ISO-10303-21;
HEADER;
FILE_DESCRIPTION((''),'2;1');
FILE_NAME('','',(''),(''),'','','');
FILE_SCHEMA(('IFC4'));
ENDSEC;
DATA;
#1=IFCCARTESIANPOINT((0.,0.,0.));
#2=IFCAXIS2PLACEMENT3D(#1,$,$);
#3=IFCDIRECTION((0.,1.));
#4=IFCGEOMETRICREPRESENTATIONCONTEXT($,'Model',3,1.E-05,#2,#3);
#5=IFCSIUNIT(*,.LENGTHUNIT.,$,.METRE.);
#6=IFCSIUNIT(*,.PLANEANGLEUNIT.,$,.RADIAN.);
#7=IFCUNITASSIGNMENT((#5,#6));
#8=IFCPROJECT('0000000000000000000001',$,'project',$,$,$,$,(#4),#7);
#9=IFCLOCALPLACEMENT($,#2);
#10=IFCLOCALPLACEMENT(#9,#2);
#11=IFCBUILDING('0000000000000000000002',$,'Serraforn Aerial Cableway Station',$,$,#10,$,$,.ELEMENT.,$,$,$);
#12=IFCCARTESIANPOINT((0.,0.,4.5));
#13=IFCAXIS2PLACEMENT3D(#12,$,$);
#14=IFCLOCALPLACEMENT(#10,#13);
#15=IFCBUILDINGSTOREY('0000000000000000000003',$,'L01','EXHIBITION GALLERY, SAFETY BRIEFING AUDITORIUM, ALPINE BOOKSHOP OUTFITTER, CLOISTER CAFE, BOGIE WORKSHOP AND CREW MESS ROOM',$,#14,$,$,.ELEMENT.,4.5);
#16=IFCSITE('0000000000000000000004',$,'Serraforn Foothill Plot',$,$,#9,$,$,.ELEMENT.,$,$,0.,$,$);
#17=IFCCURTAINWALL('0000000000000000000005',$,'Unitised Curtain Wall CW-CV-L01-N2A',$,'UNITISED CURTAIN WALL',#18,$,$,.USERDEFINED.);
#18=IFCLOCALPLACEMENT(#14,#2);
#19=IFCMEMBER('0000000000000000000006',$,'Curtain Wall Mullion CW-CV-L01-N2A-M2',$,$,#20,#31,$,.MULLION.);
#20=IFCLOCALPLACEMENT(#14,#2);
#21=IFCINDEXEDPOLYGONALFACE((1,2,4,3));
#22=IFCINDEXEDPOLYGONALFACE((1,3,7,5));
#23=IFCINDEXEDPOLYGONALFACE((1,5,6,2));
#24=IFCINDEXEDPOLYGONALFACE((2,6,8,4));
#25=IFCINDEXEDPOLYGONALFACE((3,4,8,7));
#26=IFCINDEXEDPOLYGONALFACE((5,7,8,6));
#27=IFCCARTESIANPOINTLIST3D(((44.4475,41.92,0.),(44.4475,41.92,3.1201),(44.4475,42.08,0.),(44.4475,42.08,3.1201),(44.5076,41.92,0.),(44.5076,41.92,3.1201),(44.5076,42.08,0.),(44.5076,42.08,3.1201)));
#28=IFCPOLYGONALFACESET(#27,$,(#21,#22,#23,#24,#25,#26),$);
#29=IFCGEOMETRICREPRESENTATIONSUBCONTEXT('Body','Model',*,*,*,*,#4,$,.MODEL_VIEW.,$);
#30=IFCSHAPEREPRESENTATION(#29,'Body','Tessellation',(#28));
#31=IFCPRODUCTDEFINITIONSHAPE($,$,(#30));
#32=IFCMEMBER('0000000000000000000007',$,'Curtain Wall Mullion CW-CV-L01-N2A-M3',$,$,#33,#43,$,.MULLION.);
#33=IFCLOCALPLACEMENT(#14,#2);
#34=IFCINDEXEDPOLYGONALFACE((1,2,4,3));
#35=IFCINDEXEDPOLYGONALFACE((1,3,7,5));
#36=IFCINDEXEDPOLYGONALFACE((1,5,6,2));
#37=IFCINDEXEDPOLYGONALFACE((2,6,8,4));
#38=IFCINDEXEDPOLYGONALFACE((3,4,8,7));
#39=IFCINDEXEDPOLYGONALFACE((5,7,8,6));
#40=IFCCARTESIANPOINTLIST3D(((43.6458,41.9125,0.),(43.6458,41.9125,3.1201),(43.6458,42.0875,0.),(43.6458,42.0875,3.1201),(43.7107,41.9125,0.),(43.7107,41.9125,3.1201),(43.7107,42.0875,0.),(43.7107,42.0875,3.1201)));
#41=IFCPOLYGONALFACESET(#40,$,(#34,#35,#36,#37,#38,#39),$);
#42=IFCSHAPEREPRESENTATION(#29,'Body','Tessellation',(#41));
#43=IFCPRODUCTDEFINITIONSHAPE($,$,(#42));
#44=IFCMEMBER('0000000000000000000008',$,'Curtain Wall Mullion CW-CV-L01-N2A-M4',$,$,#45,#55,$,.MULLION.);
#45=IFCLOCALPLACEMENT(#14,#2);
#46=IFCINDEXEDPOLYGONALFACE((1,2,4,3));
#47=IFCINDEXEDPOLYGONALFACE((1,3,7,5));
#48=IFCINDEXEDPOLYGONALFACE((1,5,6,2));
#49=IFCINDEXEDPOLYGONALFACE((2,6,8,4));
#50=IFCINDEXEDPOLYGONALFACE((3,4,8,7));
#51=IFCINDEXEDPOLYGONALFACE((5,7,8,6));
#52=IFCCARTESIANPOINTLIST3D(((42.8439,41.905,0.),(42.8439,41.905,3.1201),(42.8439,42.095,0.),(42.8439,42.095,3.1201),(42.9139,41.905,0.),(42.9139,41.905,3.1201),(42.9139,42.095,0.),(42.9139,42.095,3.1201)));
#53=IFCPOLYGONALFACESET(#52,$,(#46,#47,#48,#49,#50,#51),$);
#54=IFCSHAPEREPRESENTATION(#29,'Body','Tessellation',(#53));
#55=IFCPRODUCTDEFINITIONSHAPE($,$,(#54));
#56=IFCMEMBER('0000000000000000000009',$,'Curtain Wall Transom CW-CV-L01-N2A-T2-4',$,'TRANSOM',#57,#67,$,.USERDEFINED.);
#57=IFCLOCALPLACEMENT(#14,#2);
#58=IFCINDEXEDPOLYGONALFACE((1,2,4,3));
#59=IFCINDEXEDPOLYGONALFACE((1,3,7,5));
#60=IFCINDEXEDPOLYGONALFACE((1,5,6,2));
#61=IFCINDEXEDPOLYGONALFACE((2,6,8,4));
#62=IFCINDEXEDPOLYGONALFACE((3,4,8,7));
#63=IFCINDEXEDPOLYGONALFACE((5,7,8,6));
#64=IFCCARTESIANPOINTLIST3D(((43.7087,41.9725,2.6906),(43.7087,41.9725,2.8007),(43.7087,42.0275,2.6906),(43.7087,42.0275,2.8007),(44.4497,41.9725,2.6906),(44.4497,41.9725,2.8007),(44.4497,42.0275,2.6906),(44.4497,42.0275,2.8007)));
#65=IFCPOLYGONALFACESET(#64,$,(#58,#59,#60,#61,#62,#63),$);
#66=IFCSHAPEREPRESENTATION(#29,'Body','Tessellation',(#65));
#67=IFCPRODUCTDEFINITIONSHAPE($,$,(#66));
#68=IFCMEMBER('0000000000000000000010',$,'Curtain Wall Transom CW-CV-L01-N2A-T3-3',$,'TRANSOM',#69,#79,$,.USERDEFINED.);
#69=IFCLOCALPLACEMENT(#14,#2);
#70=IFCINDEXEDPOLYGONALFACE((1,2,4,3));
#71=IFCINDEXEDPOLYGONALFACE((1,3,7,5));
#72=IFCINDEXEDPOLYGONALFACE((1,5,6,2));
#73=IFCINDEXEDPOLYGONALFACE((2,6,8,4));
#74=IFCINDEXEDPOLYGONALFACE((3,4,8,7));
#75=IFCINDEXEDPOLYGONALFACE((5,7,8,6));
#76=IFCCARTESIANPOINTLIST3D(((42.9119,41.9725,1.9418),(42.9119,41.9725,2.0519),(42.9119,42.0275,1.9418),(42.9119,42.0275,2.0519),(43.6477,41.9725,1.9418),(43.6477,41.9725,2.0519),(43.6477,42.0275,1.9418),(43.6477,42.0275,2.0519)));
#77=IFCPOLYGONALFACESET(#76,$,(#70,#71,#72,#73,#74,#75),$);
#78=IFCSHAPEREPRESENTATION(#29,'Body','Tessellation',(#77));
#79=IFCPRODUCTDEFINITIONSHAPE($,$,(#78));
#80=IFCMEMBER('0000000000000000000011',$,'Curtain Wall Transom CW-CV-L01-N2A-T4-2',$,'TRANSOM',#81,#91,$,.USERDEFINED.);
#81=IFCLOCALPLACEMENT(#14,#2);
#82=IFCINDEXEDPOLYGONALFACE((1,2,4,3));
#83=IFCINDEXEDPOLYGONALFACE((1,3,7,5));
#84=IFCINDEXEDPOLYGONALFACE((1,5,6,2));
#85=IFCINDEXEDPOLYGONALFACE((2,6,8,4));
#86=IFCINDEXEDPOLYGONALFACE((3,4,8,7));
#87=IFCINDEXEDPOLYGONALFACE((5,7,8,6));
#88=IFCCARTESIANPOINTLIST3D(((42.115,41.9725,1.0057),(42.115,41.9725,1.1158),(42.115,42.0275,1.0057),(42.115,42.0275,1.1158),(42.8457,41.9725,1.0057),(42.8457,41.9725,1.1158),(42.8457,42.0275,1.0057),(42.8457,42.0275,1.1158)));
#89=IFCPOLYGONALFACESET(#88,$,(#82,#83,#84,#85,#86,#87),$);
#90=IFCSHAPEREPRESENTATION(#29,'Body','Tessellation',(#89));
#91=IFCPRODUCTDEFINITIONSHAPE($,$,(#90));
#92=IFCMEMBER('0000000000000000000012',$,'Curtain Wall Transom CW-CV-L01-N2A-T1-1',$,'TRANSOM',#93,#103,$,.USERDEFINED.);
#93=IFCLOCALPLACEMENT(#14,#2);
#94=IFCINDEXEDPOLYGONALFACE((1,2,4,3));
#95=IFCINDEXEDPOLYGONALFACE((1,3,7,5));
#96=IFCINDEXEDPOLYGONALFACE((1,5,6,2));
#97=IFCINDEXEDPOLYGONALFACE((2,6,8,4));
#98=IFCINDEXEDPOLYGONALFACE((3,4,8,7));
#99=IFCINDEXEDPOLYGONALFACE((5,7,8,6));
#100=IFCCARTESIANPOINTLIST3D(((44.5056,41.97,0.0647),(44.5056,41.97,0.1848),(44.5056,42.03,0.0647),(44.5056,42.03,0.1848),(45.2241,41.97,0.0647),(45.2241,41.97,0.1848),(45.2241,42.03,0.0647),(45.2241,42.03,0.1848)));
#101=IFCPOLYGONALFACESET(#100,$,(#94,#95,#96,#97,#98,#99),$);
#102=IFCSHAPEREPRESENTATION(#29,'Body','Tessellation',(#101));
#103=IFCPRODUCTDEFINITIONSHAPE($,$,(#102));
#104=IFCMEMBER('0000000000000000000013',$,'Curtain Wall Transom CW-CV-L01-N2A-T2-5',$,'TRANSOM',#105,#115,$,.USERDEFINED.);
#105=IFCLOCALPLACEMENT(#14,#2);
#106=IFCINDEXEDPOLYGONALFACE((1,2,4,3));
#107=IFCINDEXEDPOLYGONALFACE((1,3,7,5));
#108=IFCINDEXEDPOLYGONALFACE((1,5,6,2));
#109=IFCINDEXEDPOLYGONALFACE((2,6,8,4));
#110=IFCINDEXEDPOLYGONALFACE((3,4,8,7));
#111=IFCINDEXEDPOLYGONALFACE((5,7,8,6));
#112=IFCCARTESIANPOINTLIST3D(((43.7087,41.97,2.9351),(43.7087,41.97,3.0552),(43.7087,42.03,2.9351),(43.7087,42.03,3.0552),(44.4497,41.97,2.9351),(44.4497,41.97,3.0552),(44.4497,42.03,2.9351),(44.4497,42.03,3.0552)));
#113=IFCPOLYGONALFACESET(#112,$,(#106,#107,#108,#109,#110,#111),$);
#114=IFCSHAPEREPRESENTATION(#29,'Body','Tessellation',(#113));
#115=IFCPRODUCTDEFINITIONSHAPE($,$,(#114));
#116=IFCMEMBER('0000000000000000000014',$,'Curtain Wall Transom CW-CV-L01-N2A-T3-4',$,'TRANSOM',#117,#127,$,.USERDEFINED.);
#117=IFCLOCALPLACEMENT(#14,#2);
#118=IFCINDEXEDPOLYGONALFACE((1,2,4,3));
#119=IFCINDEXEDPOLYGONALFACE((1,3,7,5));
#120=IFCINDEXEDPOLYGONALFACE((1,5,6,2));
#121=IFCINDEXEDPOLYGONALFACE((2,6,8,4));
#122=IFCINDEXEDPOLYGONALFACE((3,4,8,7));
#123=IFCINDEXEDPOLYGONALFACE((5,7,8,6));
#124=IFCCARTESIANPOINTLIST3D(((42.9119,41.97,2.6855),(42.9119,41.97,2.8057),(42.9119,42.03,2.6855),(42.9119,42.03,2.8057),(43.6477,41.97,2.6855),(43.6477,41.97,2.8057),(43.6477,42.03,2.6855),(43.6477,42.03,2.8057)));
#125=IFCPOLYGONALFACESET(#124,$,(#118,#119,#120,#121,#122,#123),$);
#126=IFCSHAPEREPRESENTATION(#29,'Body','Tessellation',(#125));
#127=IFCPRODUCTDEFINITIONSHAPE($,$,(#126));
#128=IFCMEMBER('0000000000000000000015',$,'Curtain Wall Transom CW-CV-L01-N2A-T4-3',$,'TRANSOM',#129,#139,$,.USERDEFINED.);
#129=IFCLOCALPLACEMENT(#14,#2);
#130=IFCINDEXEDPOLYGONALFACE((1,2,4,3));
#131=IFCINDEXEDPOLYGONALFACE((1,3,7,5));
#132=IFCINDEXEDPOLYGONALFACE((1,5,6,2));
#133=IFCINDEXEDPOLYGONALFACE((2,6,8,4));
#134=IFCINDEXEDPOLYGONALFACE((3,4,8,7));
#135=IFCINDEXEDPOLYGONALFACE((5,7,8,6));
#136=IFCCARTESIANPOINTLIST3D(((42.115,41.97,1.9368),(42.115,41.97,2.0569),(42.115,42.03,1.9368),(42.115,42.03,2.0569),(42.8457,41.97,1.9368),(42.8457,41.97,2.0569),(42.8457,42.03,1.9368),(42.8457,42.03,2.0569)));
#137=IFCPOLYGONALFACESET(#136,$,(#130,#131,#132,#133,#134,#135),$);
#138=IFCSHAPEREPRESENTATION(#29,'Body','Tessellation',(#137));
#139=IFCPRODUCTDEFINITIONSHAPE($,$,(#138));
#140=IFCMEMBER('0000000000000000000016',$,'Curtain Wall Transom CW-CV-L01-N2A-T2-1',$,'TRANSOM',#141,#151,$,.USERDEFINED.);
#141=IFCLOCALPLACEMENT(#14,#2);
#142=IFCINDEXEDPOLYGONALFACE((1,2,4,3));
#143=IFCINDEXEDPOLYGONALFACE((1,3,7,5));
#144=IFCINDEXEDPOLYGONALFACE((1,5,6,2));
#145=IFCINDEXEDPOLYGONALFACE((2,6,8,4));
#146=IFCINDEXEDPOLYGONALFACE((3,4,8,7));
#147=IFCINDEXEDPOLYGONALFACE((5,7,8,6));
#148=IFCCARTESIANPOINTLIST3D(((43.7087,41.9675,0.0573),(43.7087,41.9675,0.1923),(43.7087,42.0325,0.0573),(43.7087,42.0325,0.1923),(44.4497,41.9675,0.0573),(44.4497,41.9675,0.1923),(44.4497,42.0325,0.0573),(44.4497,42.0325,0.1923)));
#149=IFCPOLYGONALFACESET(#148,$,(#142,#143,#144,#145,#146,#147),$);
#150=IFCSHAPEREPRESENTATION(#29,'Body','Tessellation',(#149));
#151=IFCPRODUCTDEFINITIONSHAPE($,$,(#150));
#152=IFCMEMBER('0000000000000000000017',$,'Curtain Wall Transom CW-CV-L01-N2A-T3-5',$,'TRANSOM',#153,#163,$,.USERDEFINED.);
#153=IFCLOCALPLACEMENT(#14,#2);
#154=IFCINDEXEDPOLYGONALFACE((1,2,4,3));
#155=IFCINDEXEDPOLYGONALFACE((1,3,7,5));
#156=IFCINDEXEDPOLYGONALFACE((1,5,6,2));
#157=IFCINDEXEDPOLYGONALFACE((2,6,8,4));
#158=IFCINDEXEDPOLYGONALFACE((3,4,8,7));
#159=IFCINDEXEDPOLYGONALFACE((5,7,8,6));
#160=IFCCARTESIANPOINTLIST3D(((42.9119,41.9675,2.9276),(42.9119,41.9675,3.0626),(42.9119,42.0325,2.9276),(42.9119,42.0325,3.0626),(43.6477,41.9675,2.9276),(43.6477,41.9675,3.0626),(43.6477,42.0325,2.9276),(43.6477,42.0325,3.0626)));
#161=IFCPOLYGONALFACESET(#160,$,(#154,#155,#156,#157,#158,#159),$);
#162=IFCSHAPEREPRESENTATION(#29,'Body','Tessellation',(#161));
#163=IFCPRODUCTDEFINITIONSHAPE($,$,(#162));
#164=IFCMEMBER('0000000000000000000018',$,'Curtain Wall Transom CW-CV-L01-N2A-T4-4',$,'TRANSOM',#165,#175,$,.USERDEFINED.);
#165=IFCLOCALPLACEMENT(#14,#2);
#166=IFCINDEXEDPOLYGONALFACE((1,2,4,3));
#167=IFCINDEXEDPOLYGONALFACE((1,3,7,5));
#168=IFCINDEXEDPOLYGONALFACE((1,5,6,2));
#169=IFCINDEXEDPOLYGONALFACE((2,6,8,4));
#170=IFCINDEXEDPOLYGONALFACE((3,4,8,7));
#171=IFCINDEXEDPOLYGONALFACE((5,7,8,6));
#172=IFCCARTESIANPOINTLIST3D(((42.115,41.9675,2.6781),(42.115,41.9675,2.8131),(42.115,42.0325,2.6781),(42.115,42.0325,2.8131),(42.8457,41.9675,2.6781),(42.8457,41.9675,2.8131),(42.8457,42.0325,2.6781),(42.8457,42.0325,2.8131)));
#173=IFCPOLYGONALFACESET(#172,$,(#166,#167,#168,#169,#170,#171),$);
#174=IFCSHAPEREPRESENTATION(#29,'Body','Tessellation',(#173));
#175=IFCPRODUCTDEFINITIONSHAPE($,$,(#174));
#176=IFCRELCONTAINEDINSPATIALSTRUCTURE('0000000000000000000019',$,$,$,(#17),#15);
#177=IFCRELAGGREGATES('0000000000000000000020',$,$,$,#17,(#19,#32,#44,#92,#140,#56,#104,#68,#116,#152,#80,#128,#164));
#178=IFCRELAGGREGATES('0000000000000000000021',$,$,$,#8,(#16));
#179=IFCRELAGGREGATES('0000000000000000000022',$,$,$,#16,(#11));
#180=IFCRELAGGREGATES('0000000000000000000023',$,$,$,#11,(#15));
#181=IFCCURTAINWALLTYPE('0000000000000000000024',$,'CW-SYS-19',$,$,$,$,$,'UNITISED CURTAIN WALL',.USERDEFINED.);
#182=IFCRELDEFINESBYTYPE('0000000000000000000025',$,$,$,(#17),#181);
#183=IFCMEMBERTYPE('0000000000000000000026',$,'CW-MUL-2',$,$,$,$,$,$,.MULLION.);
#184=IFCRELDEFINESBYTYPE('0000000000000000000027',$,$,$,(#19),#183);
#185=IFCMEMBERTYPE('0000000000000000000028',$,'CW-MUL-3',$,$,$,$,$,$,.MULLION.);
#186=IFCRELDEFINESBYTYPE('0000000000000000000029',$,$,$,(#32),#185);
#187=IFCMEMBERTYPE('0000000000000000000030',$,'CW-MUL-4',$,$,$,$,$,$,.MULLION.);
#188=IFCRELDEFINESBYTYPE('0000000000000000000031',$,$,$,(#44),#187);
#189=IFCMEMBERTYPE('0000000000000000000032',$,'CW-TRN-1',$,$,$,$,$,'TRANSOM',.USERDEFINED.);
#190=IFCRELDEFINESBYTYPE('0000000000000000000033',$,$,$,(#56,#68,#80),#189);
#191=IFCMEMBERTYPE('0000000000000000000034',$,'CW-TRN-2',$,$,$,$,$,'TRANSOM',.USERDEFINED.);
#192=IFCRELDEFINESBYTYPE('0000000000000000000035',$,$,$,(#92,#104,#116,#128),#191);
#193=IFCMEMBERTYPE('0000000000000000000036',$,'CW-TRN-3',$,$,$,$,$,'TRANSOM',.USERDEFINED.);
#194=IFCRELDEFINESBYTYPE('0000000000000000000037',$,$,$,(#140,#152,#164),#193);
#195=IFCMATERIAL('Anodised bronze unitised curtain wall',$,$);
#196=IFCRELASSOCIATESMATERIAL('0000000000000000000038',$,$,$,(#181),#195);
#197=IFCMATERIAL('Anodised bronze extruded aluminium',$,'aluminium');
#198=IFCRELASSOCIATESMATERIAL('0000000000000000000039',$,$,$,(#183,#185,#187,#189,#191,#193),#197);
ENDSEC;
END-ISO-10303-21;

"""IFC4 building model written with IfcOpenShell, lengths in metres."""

from ifc_helpers import new_model, si_unit, direction, frame, origin, origin_2d, place, context, subcontext, project, spatial, rectangle, extrude, material, material_profile, profile_set, type_object, element, aggregate, save


model = new_model("IFC4")

# Units and contexts
model_context = context("Model", 3, precision=1e-05, world=origin(), true_north=direction((0.0, 1.0)))
body_context = subcontext(model_context, "Body", "Model", "MODEL_VIEW")
ifc_project = project(units=[si_unit("LENGTHUNIT", "METRE"), si_unit("PLANEANGLEUNIT", "RADIAN")], contexts=[model_context])

# Site, building, storey
site_placement = place(None, origin())
site = spatial("IfcSite", under=ifc_project, at=site_placement, Name="Serraforn Foothill Plot", CompositionType="ELEMENT", RefElevation=0.0)
building_placement = place(site_placement, origin())
building = spatial("IfcBuilding", under=site, at=building_placement, Name="Serraforn Aerial Cableway Station", CompositionType="ELEMENT")
storey_placement = place(building_placement, frame((0.0, 0.0, 4.5)))
storey = spatial("IfcBuildingStorey", under=building, at=storey_placement, Name="L01", Description="EXHIBITION GALLERY, SAFETY BRIEFING AUDITORIUM, ALPINE BOOKSHOP OUTFITTER, CLOISTER CAFE, BOGIE WORKSHOP AND CREW MESS ROOM", CompositionType="ELEMENT", Elevation=4.5)

# Curtain wall, members
ifc_material_1 = material(Name="Anodised bronze unitised curtain wall")
curtain_wall_type = type_object("IfcCurtainWallType", Name="CW-SYS-19", ElementType="UNITISED CURTAIN WALL", PredefinedType="USERDEFINED", material=ifc_material_1)
curtain_wall_placement = place(storey_placement, origin())
curtain_wall = element("IfcCurtainWall", 1, at=curtain_wall_placement, inside=storey, type_object=curtain_wall_type, Name="Unitised Curtain Wall CW-CV-L01-N2A", ObjectType="UNITISED CURTAIN WALL", PredefinedType="USERDEFINED")
ifc_material_2 = material(Name="Anodised bronze extruded aluminium", Category="aluminium")
ifc_material_profile_1 = material_profile(ifc_material_2, rectangle(XDim=0.0601, YDim=0.1599, at=origin_2d()), Name="CW MULLION 60x160")
ifc_profile_set_1 = profile_set([ifc_material_profile_1], Name="Anodised bronze extruded aluminium")
member_type_1 = type_object("IfcMemberType", Name="CW-MUL-2", PredefinedType="MULLION", material=ifc_profile_set_1)
member_1_placement = place(storey_placement, frame((44.4775, 42.0, 0.0), z_axis=(0.0, 0.0, 1.0), x_axis=(-1.0, 0.0, 0.0)))
member_1 = element("IfcMember", 2, at=member_1_placement, type_object=member_type_1, Name="Curtain Wall Mullion CW-CV-L01-N2A-M2", PredefinedType="MULLION", context=body_context, shape_type="SweptSolid", body=[
    extrude(rectangle(XDim=0.0601, YDim=0.1599, at=origin_2d()), origin(), (0.0, 0.0, 1.0), 3.1201),
])
ifc_material_profile_2 = material_profile(ifc_material_2, rectangle(XDim=0.0649, YDim=0.175, at=origin_2d()), Name="CW MULLION 65x175")
ifc_profile_set_2 = profile_set([ifc_material_profile_2], Name="Anodised bronze extruded aluminium")
member_type_2 = type_object("IfcMemberType", Name="CW-MUL-3", PredefinedType="MULLION", material=ifc_profile_set_2)
member_2_placement = place(storey_placement, frame((43.6782, 42.0, 0.0), z_axis=(0.0, 0.0, 1.0), x_axis=(-1.0, 0.0, 0.0)))
member_2 = element("IfcMember", 3, at=member_2_placement, type_object=member_type_2, Name="Curtain Wall Mullion CW-CV-L01-N2A-M3", PredefinedType="MULLION", context=body_context, shape_type="SweptSolid", body=[
    extrude(rectangle(XDim=0.0649, YDim=0.175, at=origin_2d()), origin(), (0.0, 0.0, 1.0), 3.1201),
])
ifc_material_profile_3 = material_profile(ifc_material_2, rectangle(XDim=0.0701, YDim=0.1899, at=origin_2d()), Name="CW MULLION 70x190")
ifc_profile_set_3 = profile_set([ifc_material_profile_3], Name="Anodised bronze extruded aluminium")
member_type_3 = type_object("IfcMemberType", Name="CW-MUL-4", PredefinedType="MULLION", material=ifc_profile_set_3)
member_3_placement = place(storey_placement, frame((42.8789, 42.0, 0.0), z_axis=(0.0, 0.0, 1.0), x_axis=(-1.0, 0.0, 0.0)))
member_3 = element("IfcMember", 4, at=member_3_placement, type_object=member_type_3, Name="Curtain Wall Mullion CW-CV-L01-N2A-M4", PredefinedType="MULLION", context=body_context, shape_type="SweptSolid", body=[
    extrude(rectangle(XDim=0.0701, YDim=0.1899, at=origin_2d()), origin(), (0.0, 0.0, 1.0), 3.1201),
])
ifc_material_profile_4 = material_profile(ifc_material_2, rectangle(XDim=0.0549, YDim=0.1101, at=origin_2d()), Name="CW TRANSOM 55x110")
ifc_profile_set_4 = profile_set([ifc_material_profile_4], Name="Anodised bronze extruded aluminium")
member_type_4 = type_object("IfcMemberType", Name="CW-TRN-1", ElementType="TRANSOM", PredefinedType="USERDEFINED", material=ifc_profile_set_4)
member_4_placement = place(storey_placement, frame((44.4497, 42.0, 2.7456), z_axis=(-1.0, 0.0, 0.0), x_axis=(0.0, -1.0, 0.0)))
member_4 = element("IfcMember", 5, at=member_4_placement, type_object=member_type_4, Name="Curtain Wall Transom CW-CV-L01-N2A-T2-4", ObjectType="TRANSOM", PredefinedType="USERDEFINED", context=body_context, shape_type="SweptSolid", body=[
    extrude(rectangle(XDim=0.0549, YDim=0.1101, at=origin_2d()), origin(), (0.0, 0.0, 1.0), 0.741),
])
member_5_placement = place(storey_placement, frame((43.6477, 42.0, 1.9968), z_axis=(-1.0, 0.0, 0.0), x_axis=(0.0, -1.0, 0.0)))
member_5 = element("IfcMember", 6, at=member_5_placement, type_object=member_type_4, Name="Curtain Wall Transom CW-CV-L01-N2A-T3-3", ObjectType="TRANSOM", PredefinedType="USERDEFINED", context=body_context, shape_type="SweptSolid", body=[
    extrude(rectangle(XDim=0.0549, YDim=0.1101, at=origin_2d()), origin(), (0.0, 0.0, 1.0), 0.7358),
])
member_6_placement = place(storey_placement, frame((42.8457, 42.0, 1.0608), z_axis=(-1.0, 0.0, 0.0), x_axis=(0.0, -1.0, 0.0)))
member_6 = element("IfcMember", 7, at=member_6_placement, type_object=member_type_4, Name="Curtain Wall Transom CW-CV-L01-N2A-T4-2", ObjectType="TRANSOM", PredefinedType="USERDEFINED", context=body_context, shape_type="SweptSolid", body=[
    extrude(rectangle(XDim=0.0549, YDim=0.1101, at=origin_2d()), origin(), (0.0, 0.0, 1.0), 0.7307),
])
ifc_material_profile_5 = material_profile(ifc_material_2, rectangle(XDim=0.0601, YDim=0.1201, at=origin_2d()), Name="CW TRANSOM 60x120")
ifc_profile_set_5 = profile_set([ifc_material_profile_5], Name="Anodised bronze extruded aluminium")
member_type_5 = type_object("IfcMemberType", Name="CW-TRN-2", ElementType="TRANSOM", PredefinedType="USERDEFINED", material=ifc_profile_set_5)
member_7_placement = place(storey_placement, frame((45.2241, 42.0, 0.1248), z_axis=(-1.0, 0.0, 0.0), x_axis=(0.0, -1.0, 0.0)))
member_7 = element("IfcMember", 8, at=member_7_placement, type_object=member_type_5, Name="Curtain Wall Transom CW-CV-L01-N2A-T1-1", ObjectType="TRANSOM", PredefinedType="USERDEFINED", context=body_context, shape_type="SweptSolid", body=[
    extrude(rectangle(XDim=0.0601, YDim=0.1201, at=origin_2d()), origin(), (0.0, 0.0, 1.0), 0.7185),
])
member_8_placement = place(storey_placement, frame((44.4497, 42.0, 2.9951), z_axis=(-1.0, 0.0, 0.0), x_axis=(0.0, -1.0, 0.0)))
member_8 = element("IfcMember", 9, at=member_8_placement, type_object=member_type_5, Name="Curtain Wall Transom CW-CV-L01-N2A-T2-5", ObjectType="TRANSOM", PredefinedType="USERDEFINED", context=body_context, shape_type="SweptSolid", body=[
    extrude(rectangle(XDim=0.0601, YDim=0.1201, at=origin_2d()), origin(), (0.0, 0.0, 1.0), 0.741),
])
member_9_placement = place(storey_placement, frame((43.6477, 42.0, 2.7456), z_axis=(-1.0, 0.0, 0.0), x_axis=(0.0, -1.0, 0.0)))
member_9 = element("IfcMember", 10, at=member_9_placement, type_object=member_type_5, Name="Curtain Wall Transom CW-CV-L01-N2A-T3-4", ObjectType="TRANSOM", PredefinedType="USERDEFINED", context=body_context, shape_type="SweptSolid", body=[
    extrude(rectangle(XDim=0.0601, YDim=0.1201, at=origin_2d()), origin(), (0.0, 0.0, 1.0), 0.7358),
])
member_10_placement = place(storey_placement, frame((42.8457, 42.0, 1.9968), z_axis=(-1.0, 0.0, 0.0), x_axis=(0.0, -1.0, 0.0)))
member_10 = element("IfcMember", 11, at=member_10_placement, type_object=member_type_5, Name="Curtain Wall Transom CW-CV-L01-N2A-T4-3", ObjectType="TRANSOM", PredefinedType="USERDEFINED", context=body_context, shape_type="SweptSolid", body=[
    extrude(rectangle(XDim=0.0601, YDim=0.1201, at=origin_2d()), origin(), (0.0, 0.0, 1.0), 0.7307),
])
ifc_material_profile_6 = material_profile(ifc_material_2, rectangle(XDim=0.0649, YDim=0.135, at=origin_2d()), Name="CW TRANSOM 65x135")
ifc_profile_set_6 = profile_set([ifc_material_profile_6], Name="Anodised bronze extruded aluminium")
member_type_6 = type_object("IfcMemberType", Name="CW-TRN-3", ElementType="TRANSOM", PredefinedType="USERDEFINED", material=ifc_profile_set_6)
member_11_placement = place(storey_placement, frame((44.4497, 42.0, 0.1248), z_axis=(-1.0, 0.0, 0.0), x_axis=(0.0, -1.0, 0.0)))
member_11 = element("IfcMember", 12, at=member_11_placement, type_object=member_type_6, Name="Curtain Wall Transom CW-CV-L01-N2A-T2-1", ObjectType="TRANSOM", PredefinedType="USERDEFINED", context=body_context, shape_type="SweptSolid", body=[
    extrude(rectangle(XDim=0.0649, YDim=0.135, at=origin_2d()), origin(), (0.0, 0.0, 1.0), 0.741),
])
member_12_placement = place(storey_placement, frame((43.6477, 42.0, 2.9951), z_axis=(-1.0, 0.0, 0.0), x_axis=(0.0, -1.0, 0.0)))
member_12 = element("IfcMember", 13, at=member_12_placement, type_object=member_type_6, Name="Curtain Wall Transom CW-CV-L01-N2A-T3-5", ObjectType="TRANSOM", PredefinedType="USERDEFINED", context=body_context, shape_type="SweptSolid", body=[
    extrude(rectangle(XDim=0.0649, YDim=0.135, at=origin_2d()), origin(), (0.0, 0.0, 1.0), 0.7358),
])
member_13_placement = place(storey_placement, frame((42.8457, 42.0, 2.7456), z_axis=(-1.0, 0.0, 0.0), x_axis=(0.0, -1.0, 0.0)))
member_13 = element("IfcMember", 14, at=member_13_placement, type_object=member_type_6, Name="Curtain Wall Transom CW-CV-L01-N2A-T4-4", ObjectType="TRANSOM", PredefinedType="USERDEFINED", context=body_context, shape_type="SweptSolid", body=[
    extrude(rectangle(XDim=0.0649, YDim=0.135, at=origin_2d()), origin(), (0.0, 0.0, 1.0), 0.7307),
])
aggregate(curtain_wall, [member_1, member_2, member_3, member_7, member_11, member_4, member_8, member_5, member_9, member_12, member_6, member_10, member_13])

save(model, "model.ifc")
